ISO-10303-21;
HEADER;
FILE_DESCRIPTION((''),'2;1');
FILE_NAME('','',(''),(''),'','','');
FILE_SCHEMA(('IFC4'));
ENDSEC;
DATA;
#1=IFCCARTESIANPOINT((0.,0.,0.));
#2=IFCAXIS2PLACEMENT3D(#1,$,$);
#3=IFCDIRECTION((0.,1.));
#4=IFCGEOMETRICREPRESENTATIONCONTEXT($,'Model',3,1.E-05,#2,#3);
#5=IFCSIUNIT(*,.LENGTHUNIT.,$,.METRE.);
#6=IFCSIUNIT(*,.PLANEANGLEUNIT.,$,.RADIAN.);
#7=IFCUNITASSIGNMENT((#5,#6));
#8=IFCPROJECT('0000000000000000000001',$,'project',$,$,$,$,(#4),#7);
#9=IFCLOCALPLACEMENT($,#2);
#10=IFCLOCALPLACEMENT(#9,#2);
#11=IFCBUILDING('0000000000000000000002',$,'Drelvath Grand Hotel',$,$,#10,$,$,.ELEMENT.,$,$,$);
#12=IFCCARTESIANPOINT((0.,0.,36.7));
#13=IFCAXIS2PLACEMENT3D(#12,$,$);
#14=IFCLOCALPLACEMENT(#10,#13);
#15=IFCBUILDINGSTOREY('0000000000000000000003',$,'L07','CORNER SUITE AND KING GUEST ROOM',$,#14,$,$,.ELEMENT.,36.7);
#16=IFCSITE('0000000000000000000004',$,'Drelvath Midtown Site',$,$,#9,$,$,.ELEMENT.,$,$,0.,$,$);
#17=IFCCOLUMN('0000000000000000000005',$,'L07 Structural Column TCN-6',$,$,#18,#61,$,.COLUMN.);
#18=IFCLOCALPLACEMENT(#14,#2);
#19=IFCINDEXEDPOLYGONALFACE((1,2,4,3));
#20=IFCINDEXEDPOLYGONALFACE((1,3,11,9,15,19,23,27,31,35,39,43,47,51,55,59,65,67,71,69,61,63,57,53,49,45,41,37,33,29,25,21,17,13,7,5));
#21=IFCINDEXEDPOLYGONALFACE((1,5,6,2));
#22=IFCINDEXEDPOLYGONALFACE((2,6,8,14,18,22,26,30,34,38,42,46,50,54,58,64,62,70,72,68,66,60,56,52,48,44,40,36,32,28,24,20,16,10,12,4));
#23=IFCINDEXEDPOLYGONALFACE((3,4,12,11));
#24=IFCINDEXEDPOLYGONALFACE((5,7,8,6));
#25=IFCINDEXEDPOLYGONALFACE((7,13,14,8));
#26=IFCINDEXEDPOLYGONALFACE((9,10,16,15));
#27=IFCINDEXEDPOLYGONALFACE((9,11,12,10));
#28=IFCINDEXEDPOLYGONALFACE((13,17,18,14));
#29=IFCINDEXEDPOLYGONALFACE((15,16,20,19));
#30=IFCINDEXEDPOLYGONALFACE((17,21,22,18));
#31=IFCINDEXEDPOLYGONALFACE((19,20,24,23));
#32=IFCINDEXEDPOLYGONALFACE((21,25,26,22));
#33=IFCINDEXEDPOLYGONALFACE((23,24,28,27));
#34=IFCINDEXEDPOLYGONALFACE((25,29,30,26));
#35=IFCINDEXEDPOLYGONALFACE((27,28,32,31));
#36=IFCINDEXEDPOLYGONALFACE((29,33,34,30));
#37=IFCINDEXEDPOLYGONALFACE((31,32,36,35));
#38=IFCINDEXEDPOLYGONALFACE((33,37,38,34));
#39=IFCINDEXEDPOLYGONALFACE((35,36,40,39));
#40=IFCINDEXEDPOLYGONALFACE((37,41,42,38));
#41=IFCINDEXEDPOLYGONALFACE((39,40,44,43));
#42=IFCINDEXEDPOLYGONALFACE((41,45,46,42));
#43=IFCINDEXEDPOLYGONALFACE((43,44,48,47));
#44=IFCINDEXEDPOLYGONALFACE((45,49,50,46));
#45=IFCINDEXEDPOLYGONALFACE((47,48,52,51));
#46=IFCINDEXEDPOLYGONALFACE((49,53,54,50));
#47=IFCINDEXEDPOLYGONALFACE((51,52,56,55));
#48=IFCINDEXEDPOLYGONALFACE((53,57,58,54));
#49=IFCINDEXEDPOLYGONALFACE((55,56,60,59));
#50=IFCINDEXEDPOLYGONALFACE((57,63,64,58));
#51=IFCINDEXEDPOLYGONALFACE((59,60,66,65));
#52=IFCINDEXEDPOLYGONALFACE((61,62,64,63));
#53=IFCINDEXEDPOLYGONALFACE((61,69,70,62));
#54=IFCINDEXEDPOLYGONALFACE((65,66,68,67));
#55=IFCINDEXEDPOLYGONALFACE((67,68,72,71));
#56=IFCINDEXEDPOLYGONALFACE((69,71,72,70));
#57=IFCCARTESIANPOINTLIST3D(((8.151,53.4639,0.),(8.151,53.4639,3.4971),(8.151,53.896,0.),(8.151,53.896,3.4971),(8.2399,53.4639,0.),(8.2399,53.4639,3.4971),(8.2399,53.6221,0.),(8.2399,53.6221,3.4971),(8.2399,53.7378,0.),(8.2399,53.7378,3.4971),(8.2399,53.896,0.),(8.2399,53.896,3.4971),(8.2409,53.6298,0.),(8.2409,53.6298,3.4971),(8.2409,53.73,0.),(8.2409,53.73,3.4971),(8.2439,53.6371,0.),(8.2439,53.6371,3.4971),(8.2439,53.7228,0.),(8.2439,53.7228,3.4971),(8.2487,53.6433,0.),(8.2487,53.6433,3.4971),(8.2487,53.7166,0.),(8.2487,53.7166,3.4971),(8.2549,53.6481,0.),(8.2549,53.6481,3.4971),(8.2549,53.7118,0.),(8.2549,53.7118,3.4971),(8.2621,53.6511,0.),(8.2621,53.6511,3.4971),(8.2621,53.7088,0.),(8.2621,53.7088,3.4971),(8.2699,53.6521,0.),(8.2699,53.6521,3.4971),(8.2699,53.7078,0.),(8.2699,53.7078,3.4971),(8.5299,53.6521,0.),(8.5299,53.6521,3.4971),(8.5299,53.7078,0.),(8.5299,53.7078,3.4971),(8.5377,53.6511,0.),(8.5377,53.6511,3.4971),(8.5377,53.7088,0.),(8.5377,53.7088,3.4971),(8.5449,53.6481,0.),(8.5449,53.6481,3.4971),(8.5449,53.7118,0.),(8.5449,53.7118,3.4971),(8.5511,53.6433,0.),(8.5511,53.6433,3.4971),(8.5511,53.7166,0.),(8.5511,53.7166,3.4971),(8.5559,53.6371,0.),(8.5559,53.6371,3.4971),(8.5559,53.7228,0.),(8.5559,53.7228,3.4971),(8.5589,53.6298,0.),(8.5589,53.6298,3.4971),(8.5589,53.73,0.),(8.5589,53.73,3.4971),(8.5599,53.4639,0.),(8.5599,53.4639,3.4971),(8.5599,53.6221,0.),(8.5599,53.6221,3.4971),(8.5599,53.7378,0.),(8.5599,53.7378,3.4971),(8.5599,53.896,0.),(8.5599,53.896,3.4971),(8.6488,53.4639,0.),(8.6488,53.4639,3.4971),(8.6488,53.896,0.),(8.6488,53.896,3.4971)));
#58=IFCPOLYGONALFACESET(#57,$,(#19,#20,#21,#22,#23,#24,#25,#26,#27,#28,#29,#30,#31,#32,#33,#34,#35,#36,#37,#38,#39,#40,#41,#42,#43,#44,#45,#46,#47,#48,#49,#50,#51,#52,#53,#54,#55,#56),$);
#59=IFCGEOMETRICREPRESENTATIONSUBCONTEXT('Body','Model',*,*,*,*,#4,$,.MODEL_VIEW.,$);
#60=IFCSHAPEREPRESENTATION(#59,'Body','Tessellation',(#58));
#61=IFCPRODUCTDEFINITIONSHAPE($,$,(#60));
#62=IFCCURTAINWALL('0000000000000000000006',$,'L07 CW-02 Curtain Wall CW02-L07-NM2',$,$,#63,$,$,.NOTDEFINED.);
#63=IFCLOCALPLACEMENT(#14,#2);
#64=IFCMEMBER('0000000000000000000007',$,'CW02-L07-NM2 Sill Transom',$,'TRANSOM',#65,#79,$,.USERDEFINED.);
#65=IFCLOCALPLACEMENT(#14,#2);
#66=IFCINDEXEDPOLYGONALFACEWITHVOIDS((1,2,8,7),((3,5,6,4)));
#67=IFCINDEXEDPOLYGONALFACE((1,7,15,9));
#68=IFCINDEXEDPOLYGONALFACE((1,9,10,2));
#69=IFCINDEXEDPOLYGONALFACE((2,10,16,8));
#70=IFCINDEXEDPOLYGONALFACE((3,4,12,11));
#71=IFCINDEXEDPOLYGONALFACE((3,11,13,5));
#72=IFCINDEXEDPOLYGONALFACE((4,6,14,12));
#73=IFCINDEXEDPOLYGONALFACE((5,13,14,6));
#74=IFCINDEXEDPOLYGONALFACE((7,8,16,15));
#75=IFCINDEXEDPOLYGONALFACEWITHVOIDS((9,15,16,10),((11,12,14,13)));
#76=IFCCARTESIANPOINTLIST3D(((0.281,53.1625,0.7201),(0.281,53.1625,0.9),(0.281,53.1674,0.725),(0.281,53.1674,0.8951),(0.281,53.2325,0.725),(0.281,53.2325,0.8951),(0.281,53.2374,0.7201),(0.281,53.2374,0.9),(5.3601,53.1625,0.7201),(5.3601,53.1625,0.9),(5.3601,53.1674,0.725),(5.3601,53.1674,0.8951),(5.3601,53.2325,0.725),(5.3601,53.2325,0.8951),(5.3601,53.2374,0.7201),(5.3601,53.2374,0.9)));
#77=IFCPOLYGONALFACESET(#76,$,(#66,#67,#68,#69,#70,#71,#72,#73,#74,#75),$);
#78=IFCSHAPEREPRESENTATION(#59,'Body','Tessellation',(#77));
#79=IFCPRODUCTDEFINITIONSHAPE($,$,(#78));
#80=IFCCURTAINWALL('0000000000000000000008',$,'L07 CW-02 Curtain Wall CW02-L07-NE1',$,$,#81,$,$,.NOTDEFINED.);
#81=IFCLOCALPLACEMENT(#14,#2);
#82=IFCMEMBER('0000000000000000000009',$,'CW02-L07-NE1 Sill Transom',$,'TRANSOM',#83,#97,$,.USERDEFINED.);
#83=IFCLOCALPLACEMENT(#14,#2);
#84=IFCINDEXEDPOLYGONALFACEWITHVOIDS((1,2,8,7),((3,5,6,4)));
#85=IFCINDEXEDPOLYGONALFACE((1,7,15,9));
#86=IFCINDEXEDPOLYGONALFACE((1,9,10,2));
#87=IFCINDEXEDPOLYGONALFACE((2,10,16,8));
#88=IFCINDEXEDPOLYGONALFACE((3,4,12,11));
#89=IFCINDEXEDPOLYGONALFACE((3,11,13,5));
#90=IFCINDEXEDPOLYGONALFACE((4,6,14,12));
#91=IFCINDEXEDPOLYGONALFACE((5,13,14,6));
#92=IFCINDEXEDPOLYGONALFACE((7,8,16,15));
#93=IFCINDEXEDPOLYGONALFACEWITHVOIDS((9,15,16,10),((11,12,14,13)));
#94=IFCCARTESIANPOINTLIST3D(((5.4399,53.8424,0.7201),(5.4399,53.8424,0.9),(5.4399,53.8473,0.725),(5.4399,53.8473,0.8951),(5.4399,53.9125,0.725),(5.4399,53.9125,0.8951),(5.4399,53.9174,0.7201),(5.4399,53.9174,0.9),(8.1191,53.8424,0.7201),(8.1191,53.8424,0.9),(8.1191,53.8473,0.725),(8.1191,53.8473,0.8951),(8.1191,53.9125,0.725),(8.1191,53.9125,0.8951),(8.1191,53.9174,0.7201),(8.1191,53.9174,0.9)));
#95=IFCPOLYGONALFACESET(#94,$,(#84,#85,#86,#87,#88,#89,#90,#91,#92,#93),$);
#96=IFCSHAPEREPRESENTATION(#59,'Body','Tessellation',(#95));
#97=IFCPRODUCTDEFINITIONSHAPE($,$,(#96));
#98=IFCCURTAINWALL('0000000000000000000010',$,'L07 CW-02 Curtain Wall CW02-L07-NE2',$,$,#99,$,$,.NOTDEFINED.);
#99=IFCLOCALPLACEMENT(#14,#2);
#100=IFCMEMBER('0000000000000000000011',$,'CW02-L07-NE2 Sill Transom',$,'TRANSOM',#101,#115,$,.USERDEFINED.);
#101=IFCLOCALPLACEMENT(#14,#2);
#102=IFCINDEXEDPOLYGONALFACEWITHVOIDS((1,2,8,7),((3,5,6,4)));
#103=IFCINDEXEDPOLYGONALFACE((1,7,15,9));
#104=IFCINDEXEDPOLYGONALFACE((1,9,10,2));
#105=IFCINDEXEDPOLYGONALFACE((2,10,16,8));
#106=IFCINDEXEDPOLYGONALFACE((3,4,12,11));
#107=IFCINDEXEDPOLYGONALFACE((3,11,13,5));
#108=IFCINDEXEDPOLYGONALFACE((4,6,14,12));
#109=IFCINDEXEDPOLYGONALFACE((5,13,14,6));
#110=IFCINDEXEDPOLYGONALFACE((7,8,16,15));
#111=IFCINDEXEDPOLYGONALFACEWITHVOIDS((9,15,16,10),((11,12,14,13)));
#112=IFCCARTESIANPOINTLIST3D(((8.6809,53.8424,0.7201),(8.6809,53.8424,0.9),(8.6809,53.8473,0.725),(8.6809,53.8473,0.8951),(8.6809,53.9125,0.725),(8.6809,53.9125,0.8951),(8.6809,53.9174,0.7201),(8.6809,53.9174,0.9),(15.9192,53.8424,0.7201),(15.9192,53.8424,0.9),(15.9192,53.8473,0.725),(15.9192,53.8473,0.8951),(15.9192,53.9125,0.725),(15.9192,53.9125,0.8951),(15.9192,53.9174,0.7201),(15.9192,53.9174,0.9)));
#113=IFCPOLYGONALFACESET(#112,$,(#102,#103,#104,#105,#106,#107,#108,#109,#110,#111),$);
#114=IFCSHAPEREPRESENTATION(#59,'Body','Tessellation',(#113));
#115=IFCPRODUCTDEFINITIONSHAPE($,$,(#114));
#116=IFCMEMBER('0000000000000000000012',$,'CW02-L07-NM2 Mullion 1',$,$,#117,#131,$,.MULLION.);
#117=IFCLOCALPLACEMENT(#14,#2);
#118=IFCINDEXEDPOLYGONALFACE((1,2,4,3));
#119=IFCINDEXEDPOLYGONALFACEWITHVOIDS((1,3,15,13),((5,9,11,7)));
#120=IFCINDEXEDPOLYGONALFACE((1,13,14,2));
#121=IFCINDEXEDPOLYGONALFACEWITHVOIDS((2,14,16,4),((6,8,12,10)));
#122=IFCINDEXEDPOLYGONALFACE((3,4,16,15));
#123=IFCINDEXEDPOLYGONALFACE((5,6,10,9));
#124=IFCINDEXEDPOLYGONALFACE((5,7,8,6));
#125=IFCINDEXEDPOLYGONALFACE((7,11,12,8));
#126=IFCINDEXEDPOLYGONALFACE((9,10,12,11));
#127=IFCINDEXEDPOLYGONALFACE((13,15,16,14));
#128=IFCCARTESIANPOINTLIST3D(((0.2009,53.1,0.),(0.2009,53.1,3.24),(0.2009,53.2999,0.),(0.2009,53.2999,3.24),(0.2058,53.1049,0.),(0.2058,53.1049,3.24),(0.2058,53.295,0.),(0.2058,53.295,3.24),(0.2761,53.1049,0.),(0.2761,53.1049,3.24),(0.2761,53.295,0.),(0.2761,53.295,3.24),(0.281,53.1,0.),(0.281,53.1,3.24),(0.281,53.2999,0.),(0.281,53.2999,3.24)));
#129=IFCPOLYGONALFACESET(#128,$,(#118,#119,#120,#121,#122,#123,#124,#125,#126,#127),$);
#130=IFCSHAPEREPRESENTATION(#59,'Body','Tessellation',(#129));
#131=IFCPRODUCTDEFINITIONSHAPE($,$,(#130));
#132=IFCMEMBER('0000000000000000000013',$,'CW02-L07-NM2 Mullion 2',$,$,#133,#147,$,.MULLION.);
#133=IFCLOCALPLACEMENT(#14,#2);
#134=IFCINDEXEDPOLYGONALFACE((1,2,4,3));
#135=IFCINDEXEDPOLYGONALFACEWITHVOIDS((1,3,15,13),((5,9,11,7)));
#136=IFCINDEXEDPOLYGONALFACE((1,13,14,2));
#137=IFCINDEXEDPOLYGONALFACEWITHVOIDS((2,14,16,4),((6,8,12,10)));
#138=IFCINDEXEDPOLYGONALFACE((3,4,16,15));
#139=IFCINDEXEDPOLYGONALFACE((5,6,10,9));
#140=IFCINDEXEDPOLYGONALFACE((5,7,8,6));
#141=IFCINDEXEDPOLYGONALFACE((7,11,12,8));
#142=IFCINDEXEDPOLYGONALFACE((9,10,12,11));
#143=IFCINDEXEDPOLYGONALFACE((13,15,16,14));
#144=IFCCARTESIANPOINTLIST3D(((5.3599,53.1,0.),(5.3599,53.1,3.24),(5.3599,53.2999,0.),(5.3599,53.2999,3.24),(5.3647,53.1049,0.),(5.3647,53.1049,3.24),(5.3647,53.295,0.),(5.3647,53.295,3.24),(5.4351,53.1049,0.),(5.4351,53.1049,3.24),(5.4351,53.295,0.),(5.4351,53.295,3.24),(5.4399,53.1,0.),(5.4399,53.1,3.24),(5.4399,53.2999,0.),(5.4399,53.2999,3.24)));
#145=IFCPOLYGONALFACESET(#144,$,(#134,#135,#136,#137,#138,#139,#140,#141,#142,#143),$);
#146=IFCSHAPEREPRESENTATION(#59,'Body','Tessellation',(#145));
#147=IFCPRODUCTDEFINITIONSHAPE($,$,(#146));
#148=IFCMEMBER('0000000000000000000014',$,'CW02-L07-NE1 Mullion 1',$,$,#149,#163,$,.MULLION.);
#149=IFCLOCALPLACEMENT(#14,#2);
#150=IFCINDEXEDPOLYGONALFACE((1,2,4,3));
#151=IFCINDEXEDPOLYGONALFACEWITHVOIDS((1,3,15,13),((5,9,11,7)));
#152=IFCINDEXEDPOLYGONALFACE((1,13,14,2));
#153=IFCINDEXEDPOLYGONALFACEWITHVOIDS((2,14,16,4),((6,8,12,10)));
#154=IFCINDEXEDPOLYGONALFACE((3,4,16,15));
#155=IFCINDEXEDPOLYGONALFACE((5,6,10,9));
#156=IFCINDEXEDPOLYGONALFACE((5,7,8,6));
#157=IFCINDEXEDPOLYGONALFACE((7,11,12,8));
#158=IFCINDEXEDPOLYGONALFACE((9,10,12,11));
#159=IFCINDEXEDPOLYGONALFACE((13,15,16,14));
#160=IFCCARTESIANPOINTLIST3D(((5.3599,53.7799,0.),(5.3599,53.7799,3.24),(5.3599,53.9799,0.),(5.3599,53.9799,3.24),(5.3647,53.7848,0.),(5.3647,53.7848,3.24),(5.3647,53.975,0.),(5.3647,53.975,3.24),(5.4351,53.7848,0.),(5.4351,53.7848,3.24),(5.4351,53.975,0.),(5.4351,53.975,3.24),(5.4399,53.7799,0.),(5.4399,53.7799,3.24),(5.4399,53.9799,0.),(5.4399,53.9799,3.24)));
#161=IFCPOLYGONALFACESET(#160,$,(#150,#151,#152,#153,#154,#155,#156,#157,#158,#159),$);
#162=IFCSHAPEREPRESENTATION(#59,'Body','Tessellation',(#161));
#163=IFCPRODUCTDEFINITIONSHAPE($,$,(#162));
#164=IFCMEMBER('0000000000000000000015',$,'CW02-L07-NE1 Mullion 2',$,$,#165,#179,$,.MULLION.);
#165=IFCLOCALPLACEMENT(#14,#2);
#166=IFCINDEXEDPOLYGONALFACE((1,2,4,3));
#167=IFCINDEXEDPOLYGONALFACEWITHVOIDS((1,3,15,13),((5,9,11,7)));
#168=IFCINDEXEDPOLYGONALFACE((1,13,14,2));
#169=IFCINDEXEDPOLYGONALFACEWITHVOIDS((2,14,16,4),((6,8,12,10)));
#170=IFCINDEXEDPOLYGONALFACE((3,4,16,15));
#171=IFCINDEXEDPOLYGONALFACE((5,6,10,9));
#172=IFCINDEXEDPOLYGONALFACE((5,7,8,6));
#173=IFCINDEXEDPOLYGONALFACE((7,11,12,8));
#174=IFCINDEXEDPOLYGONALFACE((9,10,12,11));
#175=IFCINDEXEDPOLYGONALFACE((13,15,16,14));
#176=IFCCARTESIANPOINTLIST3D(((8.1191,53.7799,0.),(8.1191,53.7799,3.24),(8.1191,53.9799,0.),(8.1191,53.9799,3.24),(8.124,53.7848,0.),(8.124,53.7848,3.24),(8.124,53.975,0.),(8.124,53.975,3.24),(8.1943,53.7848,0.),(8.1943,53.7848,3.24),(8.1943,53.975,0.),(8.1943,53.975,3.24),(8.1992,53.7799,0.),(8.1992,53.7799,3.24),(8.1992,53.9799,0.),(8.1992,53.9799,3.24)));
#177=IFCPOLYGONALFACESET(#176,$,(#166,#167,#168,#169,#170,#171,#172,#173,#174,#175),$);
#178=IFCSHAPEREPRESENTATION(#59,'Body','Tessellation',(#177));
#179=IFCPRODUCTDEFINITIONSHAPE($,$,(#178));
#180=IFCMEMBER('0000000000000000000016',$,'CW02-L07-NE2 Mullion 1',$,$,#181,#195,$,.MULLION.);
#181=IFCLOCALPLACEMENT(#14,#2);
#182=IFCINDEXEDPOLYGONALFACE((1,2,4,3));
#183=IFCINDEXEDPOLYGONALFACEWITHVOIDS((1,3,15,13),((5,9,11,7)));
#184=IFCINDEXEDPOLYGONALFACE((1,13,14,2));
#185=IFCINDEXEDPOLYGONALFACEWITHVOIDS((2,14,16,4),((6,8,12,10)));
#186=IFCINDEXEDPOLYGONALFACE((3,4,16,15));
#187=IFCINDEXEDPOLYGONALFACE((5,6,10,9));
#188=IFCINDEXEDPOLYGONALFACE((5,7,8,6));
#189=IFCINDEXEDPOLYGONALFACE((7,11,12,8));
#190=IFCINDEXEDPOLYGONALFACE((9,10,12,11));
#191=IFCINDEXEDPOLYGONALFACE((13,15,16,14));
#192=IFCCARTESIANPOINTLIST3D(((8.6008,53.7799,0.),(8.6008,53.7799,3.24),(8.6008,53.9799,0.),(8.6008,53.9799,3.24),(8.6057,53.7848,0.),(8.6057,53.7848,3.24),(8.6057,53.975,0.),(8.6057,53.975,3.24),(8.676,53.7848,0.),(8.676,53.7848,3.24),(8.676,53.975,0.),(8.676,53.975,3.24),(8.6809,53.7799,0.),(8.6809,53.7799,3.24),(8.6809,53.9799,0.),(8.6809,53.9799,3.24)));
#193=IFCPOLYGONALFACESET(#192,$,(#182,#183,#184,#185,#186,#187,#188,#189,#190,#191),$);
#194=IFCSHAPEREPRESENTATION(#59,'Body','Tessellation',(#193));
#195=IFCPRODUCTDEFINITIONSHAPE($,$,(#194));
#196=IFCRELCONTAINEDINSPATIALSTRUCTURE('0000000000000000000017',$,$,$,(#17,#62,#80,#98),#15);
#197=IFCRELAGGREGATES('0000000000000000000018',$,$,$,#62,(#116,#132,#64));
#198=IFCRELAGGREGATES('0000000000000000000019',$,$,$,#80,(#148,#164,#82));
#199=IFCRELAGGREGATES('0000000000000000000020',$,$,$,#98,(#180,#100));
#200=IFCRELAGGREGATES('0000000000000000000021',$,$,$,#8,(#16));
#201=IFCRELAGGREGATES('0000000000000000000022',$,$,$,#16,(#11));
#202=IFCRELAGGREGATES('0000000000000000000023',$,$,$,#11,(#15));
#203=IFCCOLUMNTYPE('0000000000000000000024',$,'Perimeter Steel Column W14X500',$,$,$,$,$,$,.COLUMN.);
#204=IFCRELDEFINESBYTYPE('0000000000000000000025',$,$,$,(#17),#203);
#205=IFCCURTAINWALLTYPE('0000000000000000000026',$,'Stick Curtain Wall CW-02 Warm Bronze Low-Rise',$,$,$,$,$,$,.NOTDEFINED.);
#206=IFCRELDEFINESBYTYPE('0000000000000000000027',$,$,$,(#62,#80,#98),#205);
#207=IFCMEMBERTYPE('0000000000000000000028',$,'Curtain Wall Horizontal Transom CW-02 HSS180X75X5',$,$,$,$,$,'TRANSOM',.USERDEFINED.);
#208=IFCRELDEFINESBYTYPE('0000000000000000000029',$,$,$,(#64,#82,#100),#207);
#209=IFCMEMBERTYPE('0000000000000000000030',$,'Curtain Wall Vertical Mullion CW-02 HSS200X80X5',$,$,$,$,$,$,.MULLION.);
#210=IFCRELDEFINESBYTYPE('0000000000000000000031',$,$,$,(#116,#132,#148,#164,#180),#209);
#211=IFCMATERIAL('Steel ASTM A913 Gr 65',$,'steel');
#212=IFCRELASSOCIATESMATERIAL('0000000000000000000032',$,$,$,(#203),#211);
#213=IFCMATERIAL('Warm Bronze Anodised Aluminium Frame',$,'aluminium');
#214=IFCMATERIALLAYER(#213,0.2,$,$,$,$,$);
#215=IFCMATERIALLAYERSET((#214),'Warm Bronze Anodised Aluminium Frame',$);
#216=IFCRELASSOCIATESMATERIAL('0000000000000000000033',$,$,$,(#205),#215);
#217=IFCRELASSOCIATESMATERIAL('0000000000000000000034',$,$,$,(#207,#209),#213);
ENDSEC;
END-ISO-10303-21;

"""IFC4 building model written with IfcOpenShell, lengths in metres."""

from ifc_helpers import new_model, si_unit, direction, frame, origin, origin_2d, place, context, subcontext, project, spatial, hollow_rectangle, i_section, extrude, material, layer, layer_set, material_profile, profile_set, type_object, element, aggregate, save


model = new_model("IFC4")

# Units and contexts
model_context = context("Model", 3, precision=1e-05, world=origin(), true_north=direction((0.0, 1.0)))
body_context = subcontext(model_context, "Body", "Model", "MODEL_VIEW")
ifc_project = project(units=[si_unit("LENGTHUNIT", "METRE"), si_unit("PLANEANGLEUNIT", "RADIAN")], contexts=[model_context])

# Site, building, storey
site_placement = place(None, origin())
site = spatial("IfcSite", under=ifc_project, at=site_placement, Name="Drelvath Midtown Site", CompositionType="ELEMENT", RefElevation=0.0)
building_placement = place(site_placement, origin())
building = spatial("IfcBuilding", under=site, at=building_placement, Name="Drelvath Grand Hotel", CompositionType="ELEMENT")
storey_placement = place(building_placement, frame((0.0, 0.0, 36.7)))
storey = spatial("IfcBuildingStorey", under=building, at=storey_placement, Name="L07", Description="CORNER SUITE AND KING GUEST ROOM", CompositionType="ELEMENT", Elevation=36.7)

# Column
ifc_material_1 = material(Name="Steel ASTM A913 Gr 65", Category="steel")
ifc_material_profile_1 = material_profile(ifc_material_1, i_section(OverallWidth=0.4321, OverallDepth=0.4978, WebThickness=0.0557, FlangeThickness=0.0889, FilletRadius=0.03, at=origin_2d()), Name="W14X500")
ifc_profile_set_1 = profile_set([ifc_material_profile_1], Name="Steel ASTM A913 Gr 65")
column_type = type_object("IfcColumnType", Name="Perimeter Steel Column W14X500", PredefinedType="COLUMN", material=ifc_profile_set_1)
column_placement = place(storey_placement, frame((8.3999, 53.6799, 0.0), z_axis=(0.0, 0.0, 1.0), x_axis=(0.0, 1.0, 0.0)))
element("IfcColumn", 1, at=column_placement, inside=storey, type_object=column_type, Name="L07 Structural Column TCN-6", PredefinedType="COLUMN", context=body_context, shape_type="SweptSolid", body=[
    extrude(i_section(OverallWidth=0.4321, OverallDepth=0.4978, WebThickness=0.0557, FlangeThickness=0.0889, FilletRadius=0.03, at=origin_2d()), origin(), (0.0, 0.0, 1.0), 3.4971),
])

# Curtain walls, members
ifc_material_2 = material(Name="Warm Bronze Anodised Aluminium Frame", Category="aluminium")
ifc_layer_1 = layer(ifc_material_2, 0.2)
ifc_layer_set_1 = layer_set([ifc_layer_1], Name="Warm Bronze Anodised Aluminium Frame")
curtain_wall_type = type_object("IfcCurtainWallType", Name="Stick Curtain Wall CW-02 Warm Bronze Low-Rise", PredefinedType="NOTDEFINED", material=ifc_layer_set_1)
curtain_wall_1_placement = place(storey_placement, origin())
curtain_wall_1 = element("IfcCurtainWall", 2, at=curtain_wall_1_placement, inside=storey, type_object=curtain_wall_type, Name="L07 CW-02 Curtain Wall CW02-L07-NM2", PredefinedType="NOTDEFINED")
ifc_material_profile_2 = material_profile(ifc_material_2, hollow_rectangle(XDim=0.075, YDim=0.1799, WallThickness=0.0049, at=origin_2d()), Name="HSS180X75X5")
ifc_profile_set_2 = profile_set([ifc_material_profile_2], Name="Warm Bronze Anodised Aluminium Frame")
member_type_1 = type_object("IfcMemberType", Name="Curtain Wall Horizontal Transom CW-02 HSS180X75X5", ElementType="TRANSOM", PredefinedType="USERDEFINED", material=ifc_profile_set_2)
member_1_placement = place(storey_placement, frame((0.281, 53.2, 0.8101), z_axis=(1.0, 0.0, 0.0), x_axis=(0.0, 1.0, 0.0)))
member_1 = element("IfcMember", 3, at=member_1_placement, type_object=member_type_1, Name="CW02-L07-NM2 Sill Transom", ObjectType="TRANSOM", PredefinedType="USERDEFINED", context=body_context, shape_type="SweptSolid", body=[
    extrude(hollow_rectangle(XDim=0.075, YDim=0.1799, WallThickness=0.0049, at=origin_2d()), origin(), (0.0, 0.0, 1.0), 5.0791),
])
curtain_wall_2_placement = place(storey_placement, origin())
curtain_wall_2 = element("IfcCurtainWall", 4, at=curtain_wall_2_placement, inside=storey, type_object=curtain_wall_type, Name="L07 CW-02 Curtain Wall CW02-L07-NE1", PredefinedType="NOTDEFINED")
member_2_placement = place(storey_placement, frame((5.4399, 53.8799, 0.8101), z_axis=(1.0, 0.0, 0.0), x_axis=(0.0, 1.0, 0.0)))
member_2 = element("IfcMember", 5, at=member_2_placement, type_object=member_type_1, Name="CW02-L07-NE1 Sill Transom", ObjectType="TRANSOM", PredefinedType="USERDEFINED", context=body_context, shape_type="SweptSolid", body=[
    extrude(hollow_rectangle(XDim=0.075, YDim=0.1799, WallThickness=0.0049, at=origin_2d()), origin(), (0.0, 0.0, 1.0), 2.6792),
])
curtain_wall_3_placement = place(storey_placement, origin())
curtain_wall_3 = element("IfcCurtainWall", 6, at=curtain_wall_3_placement, inside=storey, type_object=curtain_wall_type, Name="L07 CW-02 Curtain Wall CW02-L07-NE2", PredefinedType="NOTDEFINED")
member_3_placement = place(storey_placement, frame((8.6809, 53.8799, 0.8101), z_axis=(1.0, 0.0, 0.0), x_axis=(0.0, 1.0, 0.0)))
member_3 = element("IfcMember", 7, at=member_3_placement, type_object=member_type_1, Name="CW02-L07-NE2 Sill Transom", ObjectType="TRANSOM", PredefinedType="USERDEFINED", context=body_context, shape_type="SweptSolid", body=[
    extrude(hollow_rectangle(XDim=0.075, YDim=0.1799, WallThickness=0.0049, at=origin_2d()), origin(), (0.0, 0.0, 1.0), 7.2383),
])

# Members
ifc_material_profile_3 = material_profile(ifc_material_2, hollow_rectangle(XDim=0.0801, YDim=0.2, WallThickness=0.0049, at=origin_2d()), Name="HSS200X80X5")
ifc_profile_set_3 = profile_set([ifc_material_profile_3], Name="Warm Bronze Anodised Aluminium Frame")
member_type_2 = type_object("IfcMemberType", Name="Curtain Wall Vertical Mullion CW-02 HSS200X80X5", PredefinedType="MULLION", material=ifc_profile_set_3)
member_4_placement = place(storey_placement, frame((0.241, 53.2, 0.0), z_axis=(0.0, 0.0, 1.0), x_axis=(1.0, 0.0, 0.0)))
member_4 = element("IfcMember", 8, at=member_4_placement, type_object=member_type_2, Name="CW02-L07-NM2 Mullion 1", PredefinedType="MULLION", context=body_context, shape_type="SweptSolid", body=[
    extrude(hollow_rectangle(XDim=0.0801, YDim=0.2, WallThickness=0.0049, at=origin_2d()), origin(), (0.0, 0.0, 1.0), 3.24),
])
member_5_placement = place(storey_placement, frame((5.3999, 53.2, 0.0), z_axis=(0.0, 0.0, 1.0), x_axis=(1.0, 0.0, 0.0)))
member_5 = element("IfcMember", 9, at=member_5_placement, type_object=member_type_2, Name="CW02-L07-NM2 Mullion 2", PredefinedType="MULLION", context=body_context, shape_type="SweptSolid", body=[
    extrude(hollow_rectangle(XDim=0.0801, YDim=0.2, WallThickness=0.0049, at=origin_2d()), origin(), (0.0, 0.0, 1.0), 3.24),
])
member_6_placement = place(storey_placement, frame((5.3999, 53.8799, 0.0), z_axis=(0.0, 0.0, 1.0), x_axis=(1.0, 0.0, 0.0)))
member_6 = element("IfcMember", 10, at=member_6_placement, type_object=member_type_2, Name="CW02-L07-NE1 Mullion 1", PredefinedType="MULLION", context=body_context, shape_type="SweptSolid", body=[
    extrude(hollow_rectangle(XDim=0.0801, YDim=0.2, WallThickness=0.0049, at=origin_2d()), origin(), (0.0, 0.0, 1.0), 3.24),
])
member_7_placement = place(storey_placement, frame((8.1592, 53.8799, 0.0), z_axis=(0.0, 0.0, 1.0), x_axis=(1.0, 0.0, 0.0)))
member_7 = element("IfcMember", 11, at=member_7_placement, type_object=member_type_2, Name="CW02-L07-NE1 Mullion 2", PredefinedType="MULLION", context=body_context, shape_type="SweptSolid", body=[
    extrude(hollow_rectangle(XDim=0.0801, YDim=0.2, WallThickness=0.0049, at=origin_2d()), origin(), (0.0, 0.0, 1.0), 3.24),
])
member_8_placement = place(storey_placement, frame((8.6409, 53.8799, 0.0), z_axis=(0.0, 0.0, 1.0), x_axis=(1.0, 0.0, 0.0)))
member_8 = element("IfcMember", 12, at=member_8_placement, type_object=member_type_2, Name="CW02-L07-NE2 Mullion 1", PredefinedType="MULLION", context=body_context, shape_type="SweptSolid", body=[
    extrude(hollow_rectangle(XDim=0.0801, YDim=0.2, WallThickness=0.0049, at=origin_2d()), origin(), (0.0, 0.0, 1.0), 3.24),
])

aggregate(curtain_wall_1, [member_4, member_5, member_1])
aggregate(curtain_wall_2, [member_6, member_7, member_2])
aggregate(curtain_wall_3, [member_8, member_3])

save(model, "model.ifc")
